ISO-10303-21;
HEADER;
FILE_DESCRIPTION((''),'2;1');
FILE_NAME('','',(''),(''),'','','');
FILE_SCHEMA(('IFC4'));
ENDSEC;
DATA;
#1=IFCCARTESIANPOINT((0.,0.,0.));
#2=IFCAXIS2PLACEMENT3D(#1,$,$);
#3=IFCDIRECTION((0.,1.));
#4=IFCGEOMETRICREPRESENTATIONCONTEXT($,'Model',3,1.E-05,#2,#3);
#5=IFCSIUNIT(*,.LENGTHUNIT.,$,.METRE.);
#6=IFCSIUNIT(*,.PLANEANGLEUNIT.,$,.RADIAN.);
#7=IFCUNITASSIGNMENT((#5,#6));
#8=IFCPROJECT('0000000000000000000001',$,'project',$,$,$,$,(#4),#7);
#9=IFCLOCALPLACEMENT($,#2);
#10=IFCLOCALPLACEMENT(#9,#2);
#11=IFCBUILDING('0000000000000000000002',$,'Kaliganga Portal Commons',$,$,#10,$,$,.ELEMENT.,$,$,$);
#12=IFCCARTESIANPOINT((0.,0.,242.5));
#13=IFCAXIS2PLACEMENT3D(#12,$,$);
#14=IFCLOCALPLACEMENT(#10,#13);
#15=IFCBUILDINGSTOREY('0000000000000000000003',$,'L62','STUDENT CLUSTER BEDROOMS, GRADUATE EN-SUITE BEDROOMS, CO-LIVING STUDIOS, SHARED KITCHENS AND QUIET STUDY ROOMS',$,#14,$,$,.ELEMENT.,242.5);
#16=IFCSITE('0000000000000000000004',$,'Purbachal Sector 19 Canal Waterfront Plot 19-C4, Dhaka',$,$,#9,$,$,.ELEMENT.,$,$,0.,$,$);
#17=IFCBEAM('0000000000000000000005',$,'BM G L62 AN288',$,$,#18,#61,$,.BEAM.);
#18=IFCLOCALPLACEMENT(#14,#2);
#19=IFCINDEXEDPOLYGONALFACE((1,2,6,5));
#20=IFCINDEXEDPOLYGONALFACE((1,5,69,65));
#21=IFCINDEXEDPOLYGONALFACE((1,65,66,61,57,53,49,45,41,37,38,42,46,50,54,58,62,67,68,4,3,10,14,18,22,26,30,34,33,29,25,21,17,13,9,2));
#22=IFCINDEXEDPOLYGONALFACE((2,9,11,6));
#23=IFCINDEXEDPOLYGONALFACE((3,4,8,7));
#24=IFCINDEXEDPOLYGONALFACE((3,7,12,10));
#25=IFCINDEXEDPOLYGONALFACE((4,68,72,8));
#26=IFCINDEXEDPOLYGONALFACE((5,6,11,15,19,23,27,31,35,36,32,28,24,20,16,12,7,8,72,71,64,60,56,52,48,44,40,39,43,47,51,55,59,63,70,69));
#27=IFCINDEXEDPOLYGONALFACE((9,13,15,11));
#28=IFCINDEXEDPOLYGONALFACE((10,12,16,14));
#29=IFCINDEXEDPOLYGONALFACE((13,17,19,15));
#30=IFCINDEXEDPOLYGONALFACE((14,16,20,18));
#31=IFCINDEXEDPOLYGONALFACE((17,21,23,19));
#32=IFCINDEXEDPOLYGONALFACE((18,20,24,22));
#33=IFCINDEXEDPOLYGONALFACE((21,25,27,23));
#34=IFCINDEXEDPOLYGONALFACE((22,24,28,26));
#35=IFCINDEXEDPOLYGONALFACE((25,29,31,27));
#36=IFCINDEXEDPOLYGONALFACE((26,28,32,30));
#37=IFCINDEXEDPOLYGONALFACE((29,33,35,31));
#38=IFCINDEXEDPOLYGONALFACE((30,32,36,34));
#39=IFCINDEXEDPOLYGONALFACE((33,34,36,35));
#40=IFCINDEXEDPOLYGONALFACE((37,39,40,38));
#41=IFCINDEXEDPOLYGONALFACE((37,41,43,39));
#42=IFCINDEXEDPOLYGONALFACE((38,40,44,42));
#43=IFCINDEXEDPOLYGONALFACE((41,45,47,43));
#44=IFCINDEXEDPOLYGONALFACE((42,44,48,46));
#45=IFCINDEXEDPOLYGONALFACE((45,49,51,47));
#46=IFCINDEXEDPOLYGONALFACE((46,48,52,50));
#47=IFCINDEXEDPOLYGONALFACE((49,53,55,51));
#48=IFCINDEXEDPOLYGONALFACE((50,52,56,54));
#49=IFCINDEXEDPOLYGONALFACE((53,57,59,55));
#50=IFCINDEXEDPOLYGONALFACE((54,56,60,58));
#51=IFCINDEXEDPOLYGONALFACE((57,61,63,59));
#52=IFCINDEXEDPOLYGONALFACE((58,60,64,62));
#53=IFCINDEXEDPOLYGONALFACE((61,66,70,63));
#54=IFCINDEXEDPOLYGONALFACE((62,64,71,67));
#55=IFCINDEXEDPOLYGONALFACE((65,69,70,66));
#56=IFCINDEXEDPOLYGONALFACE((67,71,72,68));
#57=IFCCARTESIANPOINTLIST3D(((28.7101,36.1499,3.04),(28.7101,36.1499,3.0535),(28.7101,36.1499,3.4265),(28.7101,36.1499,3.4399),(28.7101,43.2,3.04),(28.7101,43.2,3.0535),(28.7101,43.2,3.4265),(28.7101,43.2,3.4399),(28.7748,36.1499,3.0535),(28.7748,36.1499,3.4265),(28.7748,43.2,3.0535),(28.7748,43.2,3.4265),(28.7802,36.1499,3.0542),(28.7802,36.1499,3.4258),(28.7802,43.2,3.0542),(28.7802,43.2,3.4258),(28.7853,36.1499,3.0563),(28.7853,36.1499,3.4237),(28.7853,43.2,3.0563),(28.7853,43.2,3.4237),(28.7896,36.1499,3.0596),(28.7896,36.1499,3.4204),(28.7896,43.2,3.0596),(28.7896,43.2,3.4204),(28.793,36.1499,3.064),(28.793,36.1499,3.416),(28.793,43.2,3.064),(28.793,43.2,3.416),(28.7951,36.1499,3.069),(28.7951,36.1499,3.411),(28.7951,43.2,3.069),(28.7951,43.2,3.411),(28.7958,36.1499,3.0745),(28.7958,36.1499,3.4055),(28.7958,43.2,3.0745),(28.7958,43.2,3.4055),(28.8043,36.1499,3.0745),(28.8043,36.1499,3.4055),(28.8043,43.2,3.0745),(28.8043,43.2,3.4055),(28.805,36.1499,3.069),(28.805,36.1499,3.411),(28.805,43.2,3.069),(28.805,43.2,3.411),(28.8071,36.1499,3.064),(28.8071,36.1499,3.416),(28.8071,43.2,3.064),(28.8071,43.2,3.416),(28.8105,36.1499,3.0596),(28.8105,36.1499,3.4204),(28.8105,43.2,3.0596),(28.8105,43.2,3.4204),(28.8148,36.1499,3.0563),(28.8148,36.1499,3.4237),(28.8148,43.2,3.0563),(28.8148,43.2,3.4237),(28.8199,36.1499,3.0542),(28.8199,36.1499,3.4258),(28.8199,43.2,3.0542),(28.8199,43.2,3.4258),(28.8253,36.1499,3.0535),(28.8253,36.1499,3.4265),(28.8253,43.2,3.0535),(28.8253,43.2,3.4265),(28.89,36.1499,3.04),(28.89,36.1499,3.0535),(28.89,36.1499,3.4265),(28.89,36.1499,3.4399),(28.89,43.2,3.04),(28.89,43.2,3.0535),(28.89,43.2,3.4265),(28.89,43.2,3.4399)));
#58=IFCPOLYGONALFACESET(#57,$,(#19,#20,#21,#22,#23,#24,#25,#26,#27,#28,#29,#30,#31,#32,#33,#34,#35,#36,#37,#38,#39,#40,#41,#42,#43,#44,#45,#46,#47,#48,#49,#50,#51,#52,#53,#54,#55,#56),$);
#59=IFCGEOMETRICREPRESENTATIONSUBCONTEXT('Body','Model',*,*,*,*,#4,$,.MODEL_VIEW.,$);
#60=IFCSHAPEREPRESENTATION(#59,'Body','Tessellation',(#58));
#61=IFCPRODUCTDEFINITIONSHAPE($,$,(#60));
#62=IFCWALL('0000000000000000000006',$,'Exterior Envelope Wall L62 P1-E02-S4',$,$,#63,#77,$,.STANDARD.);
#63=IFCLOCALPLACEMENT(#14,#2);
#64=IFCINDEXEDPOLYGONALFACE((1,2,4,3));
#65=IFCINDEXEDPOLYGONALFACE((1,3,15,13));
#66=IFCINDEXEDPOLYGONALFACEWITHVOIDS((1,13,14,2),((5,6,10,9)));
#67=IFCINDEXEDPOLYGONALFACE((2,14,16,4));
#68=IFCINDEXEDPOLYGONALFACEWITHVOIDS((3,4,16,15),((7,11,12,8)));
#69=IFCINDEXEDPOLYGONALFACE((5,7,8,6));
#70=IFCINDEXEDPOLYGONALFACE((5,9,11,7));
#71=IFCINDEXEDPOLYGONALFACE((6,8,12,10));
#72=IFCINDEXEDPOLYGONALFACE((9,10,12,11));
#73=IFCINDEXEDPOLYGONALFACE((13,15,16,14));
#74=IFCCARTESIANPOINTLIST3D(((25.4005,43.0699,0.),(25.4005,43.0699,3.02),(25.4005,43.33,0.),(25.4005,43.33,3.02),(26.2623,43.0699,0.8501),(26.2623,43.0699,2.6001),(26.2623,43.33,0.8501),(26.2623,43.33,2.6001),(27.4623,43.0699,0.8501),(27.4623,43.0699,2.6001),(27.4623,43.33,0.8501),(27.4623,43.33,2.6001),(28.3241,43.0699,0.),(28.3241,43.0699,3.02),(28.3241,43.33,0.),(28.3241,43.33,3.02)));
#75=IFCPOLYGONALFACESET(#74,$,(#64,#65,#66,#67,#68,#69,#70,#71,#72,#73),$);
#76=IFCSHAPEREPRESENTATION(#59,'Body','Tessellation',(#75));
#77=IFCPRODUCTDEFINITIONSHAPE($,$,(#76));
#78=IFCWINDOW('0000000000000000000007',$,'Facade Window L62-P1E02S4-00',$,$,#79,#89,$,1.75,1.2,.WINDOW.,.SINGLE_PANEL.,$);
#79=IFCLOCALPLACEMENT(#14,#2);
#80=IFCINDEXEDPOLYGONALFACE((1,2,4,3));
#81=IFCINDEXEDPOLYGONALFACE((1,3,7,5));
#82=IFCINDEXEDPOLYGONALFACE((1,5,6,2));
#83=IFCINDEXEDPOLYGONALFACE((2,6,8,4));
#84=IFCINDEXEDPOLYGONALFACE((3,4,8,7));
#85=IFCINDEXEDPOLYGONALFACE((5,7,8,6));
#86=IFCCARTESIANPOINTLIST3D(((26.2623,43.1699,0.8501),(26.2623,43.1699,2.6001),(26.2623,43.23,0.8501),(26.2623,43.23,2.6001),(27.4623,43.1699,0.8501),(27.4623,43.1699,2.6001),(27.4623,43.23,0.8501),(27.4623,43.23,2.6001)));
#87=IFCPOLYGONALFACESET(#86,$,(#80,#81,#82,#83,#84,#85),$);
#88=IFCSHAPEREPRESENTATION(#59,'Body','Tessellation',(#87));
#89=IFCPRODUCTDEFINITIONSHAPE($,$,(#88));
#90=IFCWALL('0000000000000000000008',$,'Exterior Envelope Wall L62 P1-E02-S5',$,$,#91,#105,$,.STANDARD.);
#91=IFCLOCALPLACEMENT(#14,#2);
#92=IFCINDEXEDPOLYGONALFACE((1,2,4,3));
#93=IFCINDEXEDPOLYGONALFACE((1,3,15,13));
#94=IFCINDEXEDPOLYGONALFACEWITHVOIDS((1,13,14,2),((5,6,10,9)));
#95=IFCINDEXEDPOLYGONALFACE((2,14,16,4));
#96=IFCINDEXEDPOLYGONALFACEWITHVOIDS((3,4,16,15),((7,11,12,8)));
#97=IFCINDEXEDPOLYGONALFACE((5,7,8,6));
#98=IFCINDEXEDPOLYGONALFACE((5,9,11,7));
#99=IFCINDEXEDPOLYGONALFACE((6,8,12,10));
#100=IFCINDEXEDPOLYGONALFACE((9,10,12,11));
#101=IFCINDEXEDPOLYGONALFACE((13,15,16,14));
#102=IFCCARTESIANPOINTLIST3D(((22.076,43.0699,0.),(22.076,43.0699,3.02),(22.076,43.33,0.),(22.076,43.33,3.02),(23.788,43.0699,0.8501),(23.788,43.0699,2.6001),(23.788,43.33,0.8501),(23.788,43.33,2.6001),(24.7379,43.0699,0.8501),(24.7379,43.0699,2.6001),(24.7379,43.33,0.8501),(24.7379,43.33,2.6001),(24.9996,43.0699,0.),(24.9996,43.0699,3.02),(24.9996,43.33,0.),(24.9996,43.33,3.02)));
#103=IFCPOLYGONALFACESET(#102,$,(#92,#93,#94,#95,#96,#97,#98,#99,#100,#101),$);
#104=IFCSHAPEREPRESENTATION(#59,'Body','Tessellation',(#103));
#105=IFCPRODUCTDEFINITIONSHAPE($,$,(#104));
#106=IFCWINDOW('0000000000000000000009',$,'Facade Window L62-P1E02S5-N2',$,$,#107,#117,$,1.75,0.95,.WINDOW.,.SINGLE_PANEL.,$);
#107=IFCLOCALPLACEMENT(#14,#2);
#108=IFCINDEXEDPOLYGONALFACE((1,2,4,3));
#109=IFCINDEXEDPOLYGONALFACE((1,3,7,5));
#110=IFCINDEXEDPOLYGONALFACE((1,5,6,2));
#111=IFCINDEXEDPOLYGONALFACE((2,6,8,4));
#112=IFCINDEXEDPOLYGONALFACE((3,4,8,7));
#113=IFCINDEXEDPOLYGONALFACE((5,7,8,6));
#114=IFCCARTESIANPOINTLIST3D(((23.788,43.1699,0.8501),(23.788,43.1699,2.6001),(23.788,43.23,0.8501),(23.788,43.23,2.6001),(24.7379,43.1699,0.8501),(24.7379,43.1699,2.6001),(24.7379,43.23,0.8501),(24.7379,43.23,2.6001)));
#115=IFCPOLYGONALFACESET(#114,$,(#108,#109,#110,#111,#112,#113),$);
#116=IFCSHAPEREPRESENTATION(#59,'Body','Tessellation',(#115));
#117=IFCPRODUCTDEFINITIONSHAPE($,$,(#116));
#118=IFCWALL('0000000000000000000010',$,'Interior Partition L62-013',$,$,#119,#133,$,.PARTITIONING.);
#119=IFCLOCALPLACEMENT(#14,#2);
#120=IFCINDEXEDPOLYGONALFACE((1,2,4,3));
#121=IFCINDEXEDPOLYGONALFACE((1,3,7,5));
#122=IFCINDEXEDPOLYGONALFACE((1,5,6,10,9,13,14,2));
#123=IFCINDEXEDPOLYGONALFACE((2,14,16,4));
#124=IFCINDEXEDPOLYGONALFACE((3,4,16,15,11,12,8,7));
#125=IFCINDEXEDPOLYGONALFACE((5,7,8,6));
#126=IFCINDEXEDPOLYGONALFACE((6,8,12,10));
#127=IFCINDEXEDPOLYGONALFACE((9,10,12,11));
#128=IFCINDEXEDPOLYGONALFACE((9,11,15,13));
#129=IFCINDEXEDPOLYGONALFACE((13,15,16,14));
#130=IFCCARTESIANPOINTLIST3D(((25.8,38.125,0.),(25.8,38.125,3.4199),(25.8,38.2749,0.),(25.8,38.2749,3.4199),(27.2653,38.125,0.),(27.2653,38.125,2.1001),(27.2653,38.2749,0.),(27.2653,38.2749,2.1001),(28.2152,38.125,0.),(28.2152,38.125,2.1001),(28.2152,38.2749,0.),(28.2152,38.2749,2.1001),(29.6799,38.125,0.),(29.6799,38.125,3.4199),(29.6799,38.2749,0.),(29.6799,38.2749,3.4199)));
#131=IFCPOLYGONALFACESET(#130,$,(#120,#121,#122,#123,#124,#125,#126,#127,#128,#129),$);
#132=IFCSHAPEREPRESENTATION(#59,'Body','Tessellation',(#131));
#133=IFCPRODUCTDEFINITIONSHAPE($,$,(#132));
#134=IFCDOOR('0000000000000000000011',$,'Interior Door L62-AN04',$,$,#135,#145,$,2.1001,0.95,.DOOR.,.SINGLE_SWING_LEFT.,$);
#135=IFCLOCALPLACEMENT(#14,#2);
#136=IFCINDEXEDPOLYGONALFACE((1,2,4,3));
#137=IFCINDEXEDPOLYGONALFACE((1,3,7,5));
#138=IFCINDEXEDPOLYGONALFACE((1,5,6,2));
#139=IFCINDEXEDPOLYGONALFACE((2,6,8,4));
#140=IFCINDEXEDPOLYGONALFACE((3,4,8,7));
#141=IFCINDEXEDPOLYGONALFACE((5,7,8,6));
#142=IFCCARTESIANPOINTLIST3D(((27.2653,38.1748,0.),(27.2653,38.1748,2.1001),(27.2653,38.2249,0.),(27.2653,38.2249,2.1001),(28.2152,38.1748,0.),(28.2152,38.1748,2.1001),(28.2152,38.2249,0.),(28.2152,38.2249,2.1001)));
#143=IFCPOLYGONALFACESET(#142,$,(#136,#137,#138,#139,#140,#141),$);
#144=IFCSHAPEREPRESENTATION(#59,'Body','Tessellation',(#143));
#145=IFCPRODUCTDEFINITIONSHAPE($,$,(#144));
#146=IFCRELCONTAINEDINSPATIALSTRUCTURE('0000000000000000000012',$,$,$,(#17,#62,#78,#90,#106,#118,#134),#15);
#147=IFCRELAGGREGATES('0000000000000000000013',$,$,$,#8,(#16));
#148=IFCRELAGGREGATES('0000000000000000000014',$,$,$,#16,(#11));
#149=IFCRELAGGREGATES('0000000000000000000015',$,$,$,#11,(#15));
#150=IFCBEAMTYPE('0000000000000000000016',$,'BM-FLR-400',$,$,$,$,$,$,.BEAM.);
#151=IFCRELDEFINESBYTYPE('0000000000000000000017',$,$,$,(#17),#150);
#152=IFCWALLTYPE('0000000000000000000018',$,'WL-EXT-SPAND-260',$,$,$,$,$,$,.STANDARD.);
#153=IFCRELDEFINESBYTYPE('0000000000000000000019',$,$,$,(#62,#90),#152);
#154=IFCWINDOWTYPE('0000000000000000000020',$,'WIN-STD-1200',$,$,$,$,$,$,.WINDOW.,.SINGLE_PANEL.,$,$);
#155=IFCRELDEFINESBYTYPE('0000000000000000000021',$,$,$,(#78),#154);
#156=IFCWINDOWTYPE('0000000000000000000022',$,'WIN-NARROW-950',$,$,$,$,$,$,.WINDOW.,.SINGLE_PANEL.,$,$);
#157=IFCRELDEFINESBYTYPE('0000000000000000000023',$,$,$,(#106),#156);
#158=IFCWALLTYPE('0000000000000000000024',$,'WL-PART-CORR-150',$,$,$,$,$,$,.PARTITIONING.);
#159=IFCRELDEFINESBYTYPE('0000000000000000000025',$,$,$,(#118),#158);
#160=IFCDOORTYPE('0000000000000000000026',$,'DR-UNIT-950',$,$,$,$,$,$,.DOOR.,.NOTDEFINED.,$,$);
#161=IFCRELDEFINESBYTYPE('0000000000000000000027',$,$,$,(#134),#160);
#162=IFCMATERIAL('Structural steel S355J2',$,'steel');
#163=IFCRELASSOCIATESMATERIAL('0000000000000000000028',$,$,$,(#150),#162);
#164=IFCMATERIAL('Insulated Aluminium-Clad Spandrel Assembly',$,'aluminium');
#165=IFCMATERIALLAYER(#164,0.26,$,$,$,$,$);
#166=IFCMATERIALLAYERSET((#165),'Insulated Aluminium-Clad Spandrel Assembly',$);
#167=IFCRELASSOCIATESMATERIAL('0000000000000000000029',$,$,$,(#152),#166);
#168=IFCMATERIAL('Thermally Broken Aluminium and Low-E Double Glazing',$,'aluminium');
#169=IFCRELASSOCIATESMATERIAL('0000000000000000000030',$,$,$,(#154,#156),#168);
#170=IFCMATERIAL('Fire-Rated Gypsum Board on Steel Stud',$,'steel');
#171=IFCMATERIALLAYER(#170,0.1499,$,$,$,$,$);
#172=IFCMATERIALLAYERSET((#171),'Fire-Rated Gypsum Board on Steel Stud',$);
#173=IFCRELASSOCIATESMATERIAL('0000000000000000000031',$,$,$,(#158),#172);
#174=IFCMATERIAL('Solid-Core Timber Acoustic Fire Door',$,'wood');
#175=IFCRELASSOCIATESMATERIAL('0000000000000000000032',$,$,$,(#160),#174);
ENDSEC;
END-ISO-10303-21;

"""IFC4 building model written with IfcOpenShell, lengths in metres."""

from ifc_helpers import new_model, si_unit, direction, frame, frame_2d, origin, origin_2d, place, context, subcontext, project, spatial, rectangle, i_section, extrude, source, transform, mapped, material, layer, layer_set, material_profile, profile_set, type_object, element, fill, save


model = new_model("IFC4")

# Units and contexts
model_context = context("Model", 3, precision=1e-05, world=origin(), true_north=direction((0.0, 1.0)))
body_context = subcontext(model_context, "Body", "Model", "MODEL_VIEW")
ifc_project = project(units=[si_unit("LENGTHUNIT", "METRE"), si_unit("PLANEANGLEUNIT", "RADIAN")], contexts=[model_context])

# Site, building, storey
site_placement = place(None, origin())
site = spatial("IfcSite", under=ifc_project, at=site_placement, Name="Purbachal Sector 19 Canal Waterfront Plot 19-C4, Dhaka", CompositionType="ELEMENT", RefElevation=0.0)
building_placement = place(site_placement, origin())
building = spatial("IfcBuilding", under=site, at=building_placement, Name="Kaliganga Portal Commons", CompositionType="ELEMENT")
storey_placement = place(building_placement, frame((0.0, 0.0, 242.5)))
storey = spatial("IfcBuildingStorey", under=building, at=storey_placement, Name="L62", Description="STUDENT CLUSTER BEDROOMS, GRADUATE EN-SUITE BEDROOMS, CO-LIVING STUDIOS, SHARED KITCHENS AND QUIET STUDY ROOMS", CompositionType="ELEMENT", Elevation=242.5)

# Shared definitions
ifc_material_1 = material(Name="Structural steel S355J2", Category="steel")

# Beam
ifc_material_profile_1 = material_profile(ifc_material_1, i_section(OverallWidth=0.1799, OverallDepth=0.3999, WebThickness=0.0085, FlangeThickness=0.0134, FilletRadius=0.021, at=origin_2d()), Name="IPE 400")
ifc_profile_set_1 = profile_set([ifc_material_profile_1], Name="Structural steel S355J2 wide-flange")
beam_type_1 = type_object("IfcBeamType", Name="BM-FLR-400", PredefinedType="BEAM", material=ifc_profile_set_1)
shared_shape_1 = source(origin(), body_context, "Body", "SweptSolid", [
    extrude(i_section(OverallWidth=0.1799, OverallDepth=0.3999, WebThickness=0.0085, FlangeThickness=0.0134, FilletRadius=0.021, at=origin_2d()), origin(), (0.0, 0.0, 1.0), 7.05),
])
beam_1_placement = place(storey_placement, frame((28.8, 36.1499, 3.24), z_axis=(0.0, 1.0, 0.0), x_axis=(-1.0, 0.0, 0.0)))
element("IfcBeam", 1, at=beam_1_placement, inside=storey, type_object=beam_type_1, Name="BM G L62 AN288", PredefinedType="BEAM", context=body_context, shape_type="MappedRepresentation", body=[
    mapped(shared_shape_1, transform((0.0, 0.0, 0.0), x_axis=(1.0, 0.0, 0.0), y_axis=(0.0, 1.0, 0.0), z_axis=(0.0, 0.0, 1.0), scale=1.0)),
])

# Walls, openings, windows
ifc_material_2 = material(Name="Insulated Aluminium-Clad Spandrel Assembly", Category="aluminium")
ifc_layer_1 = layer(ifc_material_2, 0.26)
ifc_layer_set_1 = layer_set([ifc_layer_1], Name="Insulated Aluminium-Clad Spandrel Assembly")
wall_type_1 = type_object("IfcWallType", Name="WL-EXT-SPAND-260", PredefinedType="STANDARD", material=ifc_layer_set_1)
wall_1_placement = place(storey_placement, frame((25.4004, 43.2, 0.0), z_axis=(0.0, 0.0, 1.0), x_axis=(1.0, 0.0, 0.0)))
wall_1 = element("IfcWall", 2, at=wall_1_placement, inside=storey, type_object=wall_type_1, Name="Exterior Envelope Wall L62 P1-E02-S4", PredefinedType="STANDARD", context=body_context, shape_type="SweptSolid", body=[
    extrude(rectangle(XDim=2.9236, YDim=0.26, at=frame_2d((1.4619, 0.0))), origin(), (0.0, 0.0, 1.0), 3.02),
])
opening_1_placement = place(wall_1_placement, frame((0.8618, 0.0, 0.8501)))
opening_1 = element("IfcOpeningElement", 3, at=opening_1_placement, cuts=wall_1, PredefinedType="OPENING", context=body_context, shape_type="SweptSolid", body=[
    extrude(rectangle(XDim=1.2, YDim=1.75, at=frame_2d((0.6001, 0.875))), frame((0.0, 0.1401, 0.0), z_axis=(0.0, -1.0, 0.0), x_axis=(1.0, 0.0, 0.0)), (0.0, 0.0, 1.0), 0.28),
])
ifc_material_3 = material(Name="Thermally Broken Aluminium and Low-E Double Glazing", Category="aluminium")
window_type_1 = type_object("IfcWindowType", Name="WIN-STD-1200", PartitioningType="SINGLE_PANEL", PredefinedType="WINDOW", material=ifc_material_3)
window_1_placement = place(opening_1_placement, origin())
window_1 = element("IfcWindow", 4, at=window_1_placement, inside=storey, type_object=window_type_1, Name="Facade Window L62-P1E02S4-00", OverallHeight=1.75, OverallWidth=1.2, PartitioningType="SINGLE_PANEL", PredefinedType="WINDOW", context=body_context, shape_type="SweptSolid", body=[
    extrude(rectangle(XDim=1.2, YDim=1.75, at=frame_2d((0.6001, 0.875))), frame((0.0, 0.03, 0.0), z_axis=(0.0, -1.0, 0.0), x_axis=(1.0, 0.0, 0.0)), (0.0, 0.0, 1.0), 0.0601),
])
fill(opening_1, window_1)
wall_2_placement = place(storey_placement, frame((22.0759, 43.2, 0.0), z_axis=(0.0, 0.0, 1.0), x_axis=(1.0, 0.0, 0.0)))
wall_2 = element("IfcWall", 5, at=wall_2_placement, inside=storey, type_object=wall_type_1, Name="Exterior Envelope Wall L62 P1-E02-S5", PredefinedType="STANDARD", context=body_context, shape_type="SweptSolid", body=[
    extrude(rectangle(XDim=2.9236, YDim=0.26, at=frame_2d((1.4619, 0.0))), origin(), (0.0, 0.0, 1.0), 3.02),
])
opening_2_placement = place(wall_2_placement, frame((1.7119, 0.0, 0.8501)))
opening_2 = element("IfcOpeningElement", 6, at=opening_2_placement, cuts=wall_2, PredefinedType="OPENING", context=body_context, shape_type="SweptSolid", body=[
    extrude(rectangle(XDim=0.95, YDim=1.75, at=frame_2d((0.4751, 0.875))), frame((0.0, 0.1401, 0.0), z_axis=(0.0, -1.0, 0.0), x_axis=(1.0, 0.0, 0.0)), (0.0, 0.0, 1.0), 0.28),
])
window_type_2 = type_object("IfcWindowType", Name="WIN-NARROW-950", PartitioningType="SINGLE_PANEL", PredefinedType="WINDOW", material=ifc_material_3)
window_2_placement = place(opening_2_placement, origin())
window_2 = element("IfcWindow", 7, at=window_2_placement, inside=storey, type_object=window_type_2, Name="Facade Window L62-P1E02S5-N2", OverallHeight=1.75, OverallWidth=0.95, PartitioningType="SINGLE_PANEL", PredefinedType="WINDOW", context=body_context, shape_type="SweptSolid", body=[
    extrude(rectangle(XDim=0.95, YDim=1.75, at=frame_2d((0.4751, 0.875))), frame((0.0, 0.03, 0.0), z_axis=(0.0, -1.0, 0.0), x_axis=(1.0, 0.0, 0.0)), (0.0, 0.0, 1.0), 0.0601),
])
fill(opening_2, window_2)

# Wall, opening, door
ifc_material_4 = material(Name="Fire-Rated Gypsum Board on Steel Stud", Category="steel")
ifc_layer_2 = layer(ifc_material_4, 0.1499)
ifc_layer_set_2 = layer_set([ifc_layer_2], Name="Fire-Rated Gypsum Board on Steel Stud")
wall_type_2 = type_object("IfcWallType", Name="WL-PART-CORR-150", PredefinedType="PARTITIONING", material=ifc_layer_set_2)
wall_3_placement = place(storey_placement, frame((25.8, 38.2, 0.0), z_axis=(0.0, 0.0, 1.0), x_axis=(1.0, 0.0, 0.0)))
wall_3 = element("IfcWall", 8, at=wall_3_placement, inside=storey, type_object=wall_type_2, Name="Interior Partition L62-013", PredefinedType="PARTITIONING", context=body_context, shape_type="SweptSolid", body=[
    extrude(rectangle(XDim=3.8799, YDim=0.1499, at=frame_2d((1.9399, 0.0))), origin(), (0.0, 0.0, 1.0), 3.4199),
])
opening_3_placement = place(wall_3_placement, frame((1.4651, 0.0, 0.0)))
opening_3 = element("IfcOpeningElement", 9, at=opening_3_placement, cuts=wall_3, PredefinedType="OPENING", context=body_context, shape_type="SweptSolid", body=[
    extrude(rectangle(XDim=0.95, YDim=2.1001, at=frame_2d((0.4751, 1.05))), frame((0.0, 0.085, 0.0), z_axis=(0.0, -1.0, 0.0), x_axis=(1.0, 0.0, 0.0)), (0.0, 0.0, 1.0), 0.1699),
])
ifc_material_5 = material(Name="Solid-Core Timber Acoustic Fire Door", Category="wood")
door_type_1 = type_object("IfcDoorType", Name="DR-UNIT-950", OperationType="NOTDEFINED", PredefinedType="DOOR", material=ifc_material_5)
door_1_placement = place(opening_3_placement, origin())
door_1 = element("IfcDoor", 10, at=door_1_placement, inside=storey, type_object=door_type_1, Name="Interior Door L62-AN04", OperationType="SINGLE_SWING_LEFT", OverallHeight=2.1001, OverallWidth=0.95, PredefinedType="DOOR", context=body_context, shape_type="SweptSolid", body=[
    extrude(rectangle(XDim=0.95, YDim=2.1001, at=frame_2d((0.4751, 1.05))), frame((0.0, 0.0249, 0.0), z_axis=(0.0, -1.0, 0.0), x_axis=(1.0, 0.0, 0.0)), (0.0, 0.0, 1.0), 0.05),
])
fill(opening_3, door_1)

save(model, "model.ifc")
